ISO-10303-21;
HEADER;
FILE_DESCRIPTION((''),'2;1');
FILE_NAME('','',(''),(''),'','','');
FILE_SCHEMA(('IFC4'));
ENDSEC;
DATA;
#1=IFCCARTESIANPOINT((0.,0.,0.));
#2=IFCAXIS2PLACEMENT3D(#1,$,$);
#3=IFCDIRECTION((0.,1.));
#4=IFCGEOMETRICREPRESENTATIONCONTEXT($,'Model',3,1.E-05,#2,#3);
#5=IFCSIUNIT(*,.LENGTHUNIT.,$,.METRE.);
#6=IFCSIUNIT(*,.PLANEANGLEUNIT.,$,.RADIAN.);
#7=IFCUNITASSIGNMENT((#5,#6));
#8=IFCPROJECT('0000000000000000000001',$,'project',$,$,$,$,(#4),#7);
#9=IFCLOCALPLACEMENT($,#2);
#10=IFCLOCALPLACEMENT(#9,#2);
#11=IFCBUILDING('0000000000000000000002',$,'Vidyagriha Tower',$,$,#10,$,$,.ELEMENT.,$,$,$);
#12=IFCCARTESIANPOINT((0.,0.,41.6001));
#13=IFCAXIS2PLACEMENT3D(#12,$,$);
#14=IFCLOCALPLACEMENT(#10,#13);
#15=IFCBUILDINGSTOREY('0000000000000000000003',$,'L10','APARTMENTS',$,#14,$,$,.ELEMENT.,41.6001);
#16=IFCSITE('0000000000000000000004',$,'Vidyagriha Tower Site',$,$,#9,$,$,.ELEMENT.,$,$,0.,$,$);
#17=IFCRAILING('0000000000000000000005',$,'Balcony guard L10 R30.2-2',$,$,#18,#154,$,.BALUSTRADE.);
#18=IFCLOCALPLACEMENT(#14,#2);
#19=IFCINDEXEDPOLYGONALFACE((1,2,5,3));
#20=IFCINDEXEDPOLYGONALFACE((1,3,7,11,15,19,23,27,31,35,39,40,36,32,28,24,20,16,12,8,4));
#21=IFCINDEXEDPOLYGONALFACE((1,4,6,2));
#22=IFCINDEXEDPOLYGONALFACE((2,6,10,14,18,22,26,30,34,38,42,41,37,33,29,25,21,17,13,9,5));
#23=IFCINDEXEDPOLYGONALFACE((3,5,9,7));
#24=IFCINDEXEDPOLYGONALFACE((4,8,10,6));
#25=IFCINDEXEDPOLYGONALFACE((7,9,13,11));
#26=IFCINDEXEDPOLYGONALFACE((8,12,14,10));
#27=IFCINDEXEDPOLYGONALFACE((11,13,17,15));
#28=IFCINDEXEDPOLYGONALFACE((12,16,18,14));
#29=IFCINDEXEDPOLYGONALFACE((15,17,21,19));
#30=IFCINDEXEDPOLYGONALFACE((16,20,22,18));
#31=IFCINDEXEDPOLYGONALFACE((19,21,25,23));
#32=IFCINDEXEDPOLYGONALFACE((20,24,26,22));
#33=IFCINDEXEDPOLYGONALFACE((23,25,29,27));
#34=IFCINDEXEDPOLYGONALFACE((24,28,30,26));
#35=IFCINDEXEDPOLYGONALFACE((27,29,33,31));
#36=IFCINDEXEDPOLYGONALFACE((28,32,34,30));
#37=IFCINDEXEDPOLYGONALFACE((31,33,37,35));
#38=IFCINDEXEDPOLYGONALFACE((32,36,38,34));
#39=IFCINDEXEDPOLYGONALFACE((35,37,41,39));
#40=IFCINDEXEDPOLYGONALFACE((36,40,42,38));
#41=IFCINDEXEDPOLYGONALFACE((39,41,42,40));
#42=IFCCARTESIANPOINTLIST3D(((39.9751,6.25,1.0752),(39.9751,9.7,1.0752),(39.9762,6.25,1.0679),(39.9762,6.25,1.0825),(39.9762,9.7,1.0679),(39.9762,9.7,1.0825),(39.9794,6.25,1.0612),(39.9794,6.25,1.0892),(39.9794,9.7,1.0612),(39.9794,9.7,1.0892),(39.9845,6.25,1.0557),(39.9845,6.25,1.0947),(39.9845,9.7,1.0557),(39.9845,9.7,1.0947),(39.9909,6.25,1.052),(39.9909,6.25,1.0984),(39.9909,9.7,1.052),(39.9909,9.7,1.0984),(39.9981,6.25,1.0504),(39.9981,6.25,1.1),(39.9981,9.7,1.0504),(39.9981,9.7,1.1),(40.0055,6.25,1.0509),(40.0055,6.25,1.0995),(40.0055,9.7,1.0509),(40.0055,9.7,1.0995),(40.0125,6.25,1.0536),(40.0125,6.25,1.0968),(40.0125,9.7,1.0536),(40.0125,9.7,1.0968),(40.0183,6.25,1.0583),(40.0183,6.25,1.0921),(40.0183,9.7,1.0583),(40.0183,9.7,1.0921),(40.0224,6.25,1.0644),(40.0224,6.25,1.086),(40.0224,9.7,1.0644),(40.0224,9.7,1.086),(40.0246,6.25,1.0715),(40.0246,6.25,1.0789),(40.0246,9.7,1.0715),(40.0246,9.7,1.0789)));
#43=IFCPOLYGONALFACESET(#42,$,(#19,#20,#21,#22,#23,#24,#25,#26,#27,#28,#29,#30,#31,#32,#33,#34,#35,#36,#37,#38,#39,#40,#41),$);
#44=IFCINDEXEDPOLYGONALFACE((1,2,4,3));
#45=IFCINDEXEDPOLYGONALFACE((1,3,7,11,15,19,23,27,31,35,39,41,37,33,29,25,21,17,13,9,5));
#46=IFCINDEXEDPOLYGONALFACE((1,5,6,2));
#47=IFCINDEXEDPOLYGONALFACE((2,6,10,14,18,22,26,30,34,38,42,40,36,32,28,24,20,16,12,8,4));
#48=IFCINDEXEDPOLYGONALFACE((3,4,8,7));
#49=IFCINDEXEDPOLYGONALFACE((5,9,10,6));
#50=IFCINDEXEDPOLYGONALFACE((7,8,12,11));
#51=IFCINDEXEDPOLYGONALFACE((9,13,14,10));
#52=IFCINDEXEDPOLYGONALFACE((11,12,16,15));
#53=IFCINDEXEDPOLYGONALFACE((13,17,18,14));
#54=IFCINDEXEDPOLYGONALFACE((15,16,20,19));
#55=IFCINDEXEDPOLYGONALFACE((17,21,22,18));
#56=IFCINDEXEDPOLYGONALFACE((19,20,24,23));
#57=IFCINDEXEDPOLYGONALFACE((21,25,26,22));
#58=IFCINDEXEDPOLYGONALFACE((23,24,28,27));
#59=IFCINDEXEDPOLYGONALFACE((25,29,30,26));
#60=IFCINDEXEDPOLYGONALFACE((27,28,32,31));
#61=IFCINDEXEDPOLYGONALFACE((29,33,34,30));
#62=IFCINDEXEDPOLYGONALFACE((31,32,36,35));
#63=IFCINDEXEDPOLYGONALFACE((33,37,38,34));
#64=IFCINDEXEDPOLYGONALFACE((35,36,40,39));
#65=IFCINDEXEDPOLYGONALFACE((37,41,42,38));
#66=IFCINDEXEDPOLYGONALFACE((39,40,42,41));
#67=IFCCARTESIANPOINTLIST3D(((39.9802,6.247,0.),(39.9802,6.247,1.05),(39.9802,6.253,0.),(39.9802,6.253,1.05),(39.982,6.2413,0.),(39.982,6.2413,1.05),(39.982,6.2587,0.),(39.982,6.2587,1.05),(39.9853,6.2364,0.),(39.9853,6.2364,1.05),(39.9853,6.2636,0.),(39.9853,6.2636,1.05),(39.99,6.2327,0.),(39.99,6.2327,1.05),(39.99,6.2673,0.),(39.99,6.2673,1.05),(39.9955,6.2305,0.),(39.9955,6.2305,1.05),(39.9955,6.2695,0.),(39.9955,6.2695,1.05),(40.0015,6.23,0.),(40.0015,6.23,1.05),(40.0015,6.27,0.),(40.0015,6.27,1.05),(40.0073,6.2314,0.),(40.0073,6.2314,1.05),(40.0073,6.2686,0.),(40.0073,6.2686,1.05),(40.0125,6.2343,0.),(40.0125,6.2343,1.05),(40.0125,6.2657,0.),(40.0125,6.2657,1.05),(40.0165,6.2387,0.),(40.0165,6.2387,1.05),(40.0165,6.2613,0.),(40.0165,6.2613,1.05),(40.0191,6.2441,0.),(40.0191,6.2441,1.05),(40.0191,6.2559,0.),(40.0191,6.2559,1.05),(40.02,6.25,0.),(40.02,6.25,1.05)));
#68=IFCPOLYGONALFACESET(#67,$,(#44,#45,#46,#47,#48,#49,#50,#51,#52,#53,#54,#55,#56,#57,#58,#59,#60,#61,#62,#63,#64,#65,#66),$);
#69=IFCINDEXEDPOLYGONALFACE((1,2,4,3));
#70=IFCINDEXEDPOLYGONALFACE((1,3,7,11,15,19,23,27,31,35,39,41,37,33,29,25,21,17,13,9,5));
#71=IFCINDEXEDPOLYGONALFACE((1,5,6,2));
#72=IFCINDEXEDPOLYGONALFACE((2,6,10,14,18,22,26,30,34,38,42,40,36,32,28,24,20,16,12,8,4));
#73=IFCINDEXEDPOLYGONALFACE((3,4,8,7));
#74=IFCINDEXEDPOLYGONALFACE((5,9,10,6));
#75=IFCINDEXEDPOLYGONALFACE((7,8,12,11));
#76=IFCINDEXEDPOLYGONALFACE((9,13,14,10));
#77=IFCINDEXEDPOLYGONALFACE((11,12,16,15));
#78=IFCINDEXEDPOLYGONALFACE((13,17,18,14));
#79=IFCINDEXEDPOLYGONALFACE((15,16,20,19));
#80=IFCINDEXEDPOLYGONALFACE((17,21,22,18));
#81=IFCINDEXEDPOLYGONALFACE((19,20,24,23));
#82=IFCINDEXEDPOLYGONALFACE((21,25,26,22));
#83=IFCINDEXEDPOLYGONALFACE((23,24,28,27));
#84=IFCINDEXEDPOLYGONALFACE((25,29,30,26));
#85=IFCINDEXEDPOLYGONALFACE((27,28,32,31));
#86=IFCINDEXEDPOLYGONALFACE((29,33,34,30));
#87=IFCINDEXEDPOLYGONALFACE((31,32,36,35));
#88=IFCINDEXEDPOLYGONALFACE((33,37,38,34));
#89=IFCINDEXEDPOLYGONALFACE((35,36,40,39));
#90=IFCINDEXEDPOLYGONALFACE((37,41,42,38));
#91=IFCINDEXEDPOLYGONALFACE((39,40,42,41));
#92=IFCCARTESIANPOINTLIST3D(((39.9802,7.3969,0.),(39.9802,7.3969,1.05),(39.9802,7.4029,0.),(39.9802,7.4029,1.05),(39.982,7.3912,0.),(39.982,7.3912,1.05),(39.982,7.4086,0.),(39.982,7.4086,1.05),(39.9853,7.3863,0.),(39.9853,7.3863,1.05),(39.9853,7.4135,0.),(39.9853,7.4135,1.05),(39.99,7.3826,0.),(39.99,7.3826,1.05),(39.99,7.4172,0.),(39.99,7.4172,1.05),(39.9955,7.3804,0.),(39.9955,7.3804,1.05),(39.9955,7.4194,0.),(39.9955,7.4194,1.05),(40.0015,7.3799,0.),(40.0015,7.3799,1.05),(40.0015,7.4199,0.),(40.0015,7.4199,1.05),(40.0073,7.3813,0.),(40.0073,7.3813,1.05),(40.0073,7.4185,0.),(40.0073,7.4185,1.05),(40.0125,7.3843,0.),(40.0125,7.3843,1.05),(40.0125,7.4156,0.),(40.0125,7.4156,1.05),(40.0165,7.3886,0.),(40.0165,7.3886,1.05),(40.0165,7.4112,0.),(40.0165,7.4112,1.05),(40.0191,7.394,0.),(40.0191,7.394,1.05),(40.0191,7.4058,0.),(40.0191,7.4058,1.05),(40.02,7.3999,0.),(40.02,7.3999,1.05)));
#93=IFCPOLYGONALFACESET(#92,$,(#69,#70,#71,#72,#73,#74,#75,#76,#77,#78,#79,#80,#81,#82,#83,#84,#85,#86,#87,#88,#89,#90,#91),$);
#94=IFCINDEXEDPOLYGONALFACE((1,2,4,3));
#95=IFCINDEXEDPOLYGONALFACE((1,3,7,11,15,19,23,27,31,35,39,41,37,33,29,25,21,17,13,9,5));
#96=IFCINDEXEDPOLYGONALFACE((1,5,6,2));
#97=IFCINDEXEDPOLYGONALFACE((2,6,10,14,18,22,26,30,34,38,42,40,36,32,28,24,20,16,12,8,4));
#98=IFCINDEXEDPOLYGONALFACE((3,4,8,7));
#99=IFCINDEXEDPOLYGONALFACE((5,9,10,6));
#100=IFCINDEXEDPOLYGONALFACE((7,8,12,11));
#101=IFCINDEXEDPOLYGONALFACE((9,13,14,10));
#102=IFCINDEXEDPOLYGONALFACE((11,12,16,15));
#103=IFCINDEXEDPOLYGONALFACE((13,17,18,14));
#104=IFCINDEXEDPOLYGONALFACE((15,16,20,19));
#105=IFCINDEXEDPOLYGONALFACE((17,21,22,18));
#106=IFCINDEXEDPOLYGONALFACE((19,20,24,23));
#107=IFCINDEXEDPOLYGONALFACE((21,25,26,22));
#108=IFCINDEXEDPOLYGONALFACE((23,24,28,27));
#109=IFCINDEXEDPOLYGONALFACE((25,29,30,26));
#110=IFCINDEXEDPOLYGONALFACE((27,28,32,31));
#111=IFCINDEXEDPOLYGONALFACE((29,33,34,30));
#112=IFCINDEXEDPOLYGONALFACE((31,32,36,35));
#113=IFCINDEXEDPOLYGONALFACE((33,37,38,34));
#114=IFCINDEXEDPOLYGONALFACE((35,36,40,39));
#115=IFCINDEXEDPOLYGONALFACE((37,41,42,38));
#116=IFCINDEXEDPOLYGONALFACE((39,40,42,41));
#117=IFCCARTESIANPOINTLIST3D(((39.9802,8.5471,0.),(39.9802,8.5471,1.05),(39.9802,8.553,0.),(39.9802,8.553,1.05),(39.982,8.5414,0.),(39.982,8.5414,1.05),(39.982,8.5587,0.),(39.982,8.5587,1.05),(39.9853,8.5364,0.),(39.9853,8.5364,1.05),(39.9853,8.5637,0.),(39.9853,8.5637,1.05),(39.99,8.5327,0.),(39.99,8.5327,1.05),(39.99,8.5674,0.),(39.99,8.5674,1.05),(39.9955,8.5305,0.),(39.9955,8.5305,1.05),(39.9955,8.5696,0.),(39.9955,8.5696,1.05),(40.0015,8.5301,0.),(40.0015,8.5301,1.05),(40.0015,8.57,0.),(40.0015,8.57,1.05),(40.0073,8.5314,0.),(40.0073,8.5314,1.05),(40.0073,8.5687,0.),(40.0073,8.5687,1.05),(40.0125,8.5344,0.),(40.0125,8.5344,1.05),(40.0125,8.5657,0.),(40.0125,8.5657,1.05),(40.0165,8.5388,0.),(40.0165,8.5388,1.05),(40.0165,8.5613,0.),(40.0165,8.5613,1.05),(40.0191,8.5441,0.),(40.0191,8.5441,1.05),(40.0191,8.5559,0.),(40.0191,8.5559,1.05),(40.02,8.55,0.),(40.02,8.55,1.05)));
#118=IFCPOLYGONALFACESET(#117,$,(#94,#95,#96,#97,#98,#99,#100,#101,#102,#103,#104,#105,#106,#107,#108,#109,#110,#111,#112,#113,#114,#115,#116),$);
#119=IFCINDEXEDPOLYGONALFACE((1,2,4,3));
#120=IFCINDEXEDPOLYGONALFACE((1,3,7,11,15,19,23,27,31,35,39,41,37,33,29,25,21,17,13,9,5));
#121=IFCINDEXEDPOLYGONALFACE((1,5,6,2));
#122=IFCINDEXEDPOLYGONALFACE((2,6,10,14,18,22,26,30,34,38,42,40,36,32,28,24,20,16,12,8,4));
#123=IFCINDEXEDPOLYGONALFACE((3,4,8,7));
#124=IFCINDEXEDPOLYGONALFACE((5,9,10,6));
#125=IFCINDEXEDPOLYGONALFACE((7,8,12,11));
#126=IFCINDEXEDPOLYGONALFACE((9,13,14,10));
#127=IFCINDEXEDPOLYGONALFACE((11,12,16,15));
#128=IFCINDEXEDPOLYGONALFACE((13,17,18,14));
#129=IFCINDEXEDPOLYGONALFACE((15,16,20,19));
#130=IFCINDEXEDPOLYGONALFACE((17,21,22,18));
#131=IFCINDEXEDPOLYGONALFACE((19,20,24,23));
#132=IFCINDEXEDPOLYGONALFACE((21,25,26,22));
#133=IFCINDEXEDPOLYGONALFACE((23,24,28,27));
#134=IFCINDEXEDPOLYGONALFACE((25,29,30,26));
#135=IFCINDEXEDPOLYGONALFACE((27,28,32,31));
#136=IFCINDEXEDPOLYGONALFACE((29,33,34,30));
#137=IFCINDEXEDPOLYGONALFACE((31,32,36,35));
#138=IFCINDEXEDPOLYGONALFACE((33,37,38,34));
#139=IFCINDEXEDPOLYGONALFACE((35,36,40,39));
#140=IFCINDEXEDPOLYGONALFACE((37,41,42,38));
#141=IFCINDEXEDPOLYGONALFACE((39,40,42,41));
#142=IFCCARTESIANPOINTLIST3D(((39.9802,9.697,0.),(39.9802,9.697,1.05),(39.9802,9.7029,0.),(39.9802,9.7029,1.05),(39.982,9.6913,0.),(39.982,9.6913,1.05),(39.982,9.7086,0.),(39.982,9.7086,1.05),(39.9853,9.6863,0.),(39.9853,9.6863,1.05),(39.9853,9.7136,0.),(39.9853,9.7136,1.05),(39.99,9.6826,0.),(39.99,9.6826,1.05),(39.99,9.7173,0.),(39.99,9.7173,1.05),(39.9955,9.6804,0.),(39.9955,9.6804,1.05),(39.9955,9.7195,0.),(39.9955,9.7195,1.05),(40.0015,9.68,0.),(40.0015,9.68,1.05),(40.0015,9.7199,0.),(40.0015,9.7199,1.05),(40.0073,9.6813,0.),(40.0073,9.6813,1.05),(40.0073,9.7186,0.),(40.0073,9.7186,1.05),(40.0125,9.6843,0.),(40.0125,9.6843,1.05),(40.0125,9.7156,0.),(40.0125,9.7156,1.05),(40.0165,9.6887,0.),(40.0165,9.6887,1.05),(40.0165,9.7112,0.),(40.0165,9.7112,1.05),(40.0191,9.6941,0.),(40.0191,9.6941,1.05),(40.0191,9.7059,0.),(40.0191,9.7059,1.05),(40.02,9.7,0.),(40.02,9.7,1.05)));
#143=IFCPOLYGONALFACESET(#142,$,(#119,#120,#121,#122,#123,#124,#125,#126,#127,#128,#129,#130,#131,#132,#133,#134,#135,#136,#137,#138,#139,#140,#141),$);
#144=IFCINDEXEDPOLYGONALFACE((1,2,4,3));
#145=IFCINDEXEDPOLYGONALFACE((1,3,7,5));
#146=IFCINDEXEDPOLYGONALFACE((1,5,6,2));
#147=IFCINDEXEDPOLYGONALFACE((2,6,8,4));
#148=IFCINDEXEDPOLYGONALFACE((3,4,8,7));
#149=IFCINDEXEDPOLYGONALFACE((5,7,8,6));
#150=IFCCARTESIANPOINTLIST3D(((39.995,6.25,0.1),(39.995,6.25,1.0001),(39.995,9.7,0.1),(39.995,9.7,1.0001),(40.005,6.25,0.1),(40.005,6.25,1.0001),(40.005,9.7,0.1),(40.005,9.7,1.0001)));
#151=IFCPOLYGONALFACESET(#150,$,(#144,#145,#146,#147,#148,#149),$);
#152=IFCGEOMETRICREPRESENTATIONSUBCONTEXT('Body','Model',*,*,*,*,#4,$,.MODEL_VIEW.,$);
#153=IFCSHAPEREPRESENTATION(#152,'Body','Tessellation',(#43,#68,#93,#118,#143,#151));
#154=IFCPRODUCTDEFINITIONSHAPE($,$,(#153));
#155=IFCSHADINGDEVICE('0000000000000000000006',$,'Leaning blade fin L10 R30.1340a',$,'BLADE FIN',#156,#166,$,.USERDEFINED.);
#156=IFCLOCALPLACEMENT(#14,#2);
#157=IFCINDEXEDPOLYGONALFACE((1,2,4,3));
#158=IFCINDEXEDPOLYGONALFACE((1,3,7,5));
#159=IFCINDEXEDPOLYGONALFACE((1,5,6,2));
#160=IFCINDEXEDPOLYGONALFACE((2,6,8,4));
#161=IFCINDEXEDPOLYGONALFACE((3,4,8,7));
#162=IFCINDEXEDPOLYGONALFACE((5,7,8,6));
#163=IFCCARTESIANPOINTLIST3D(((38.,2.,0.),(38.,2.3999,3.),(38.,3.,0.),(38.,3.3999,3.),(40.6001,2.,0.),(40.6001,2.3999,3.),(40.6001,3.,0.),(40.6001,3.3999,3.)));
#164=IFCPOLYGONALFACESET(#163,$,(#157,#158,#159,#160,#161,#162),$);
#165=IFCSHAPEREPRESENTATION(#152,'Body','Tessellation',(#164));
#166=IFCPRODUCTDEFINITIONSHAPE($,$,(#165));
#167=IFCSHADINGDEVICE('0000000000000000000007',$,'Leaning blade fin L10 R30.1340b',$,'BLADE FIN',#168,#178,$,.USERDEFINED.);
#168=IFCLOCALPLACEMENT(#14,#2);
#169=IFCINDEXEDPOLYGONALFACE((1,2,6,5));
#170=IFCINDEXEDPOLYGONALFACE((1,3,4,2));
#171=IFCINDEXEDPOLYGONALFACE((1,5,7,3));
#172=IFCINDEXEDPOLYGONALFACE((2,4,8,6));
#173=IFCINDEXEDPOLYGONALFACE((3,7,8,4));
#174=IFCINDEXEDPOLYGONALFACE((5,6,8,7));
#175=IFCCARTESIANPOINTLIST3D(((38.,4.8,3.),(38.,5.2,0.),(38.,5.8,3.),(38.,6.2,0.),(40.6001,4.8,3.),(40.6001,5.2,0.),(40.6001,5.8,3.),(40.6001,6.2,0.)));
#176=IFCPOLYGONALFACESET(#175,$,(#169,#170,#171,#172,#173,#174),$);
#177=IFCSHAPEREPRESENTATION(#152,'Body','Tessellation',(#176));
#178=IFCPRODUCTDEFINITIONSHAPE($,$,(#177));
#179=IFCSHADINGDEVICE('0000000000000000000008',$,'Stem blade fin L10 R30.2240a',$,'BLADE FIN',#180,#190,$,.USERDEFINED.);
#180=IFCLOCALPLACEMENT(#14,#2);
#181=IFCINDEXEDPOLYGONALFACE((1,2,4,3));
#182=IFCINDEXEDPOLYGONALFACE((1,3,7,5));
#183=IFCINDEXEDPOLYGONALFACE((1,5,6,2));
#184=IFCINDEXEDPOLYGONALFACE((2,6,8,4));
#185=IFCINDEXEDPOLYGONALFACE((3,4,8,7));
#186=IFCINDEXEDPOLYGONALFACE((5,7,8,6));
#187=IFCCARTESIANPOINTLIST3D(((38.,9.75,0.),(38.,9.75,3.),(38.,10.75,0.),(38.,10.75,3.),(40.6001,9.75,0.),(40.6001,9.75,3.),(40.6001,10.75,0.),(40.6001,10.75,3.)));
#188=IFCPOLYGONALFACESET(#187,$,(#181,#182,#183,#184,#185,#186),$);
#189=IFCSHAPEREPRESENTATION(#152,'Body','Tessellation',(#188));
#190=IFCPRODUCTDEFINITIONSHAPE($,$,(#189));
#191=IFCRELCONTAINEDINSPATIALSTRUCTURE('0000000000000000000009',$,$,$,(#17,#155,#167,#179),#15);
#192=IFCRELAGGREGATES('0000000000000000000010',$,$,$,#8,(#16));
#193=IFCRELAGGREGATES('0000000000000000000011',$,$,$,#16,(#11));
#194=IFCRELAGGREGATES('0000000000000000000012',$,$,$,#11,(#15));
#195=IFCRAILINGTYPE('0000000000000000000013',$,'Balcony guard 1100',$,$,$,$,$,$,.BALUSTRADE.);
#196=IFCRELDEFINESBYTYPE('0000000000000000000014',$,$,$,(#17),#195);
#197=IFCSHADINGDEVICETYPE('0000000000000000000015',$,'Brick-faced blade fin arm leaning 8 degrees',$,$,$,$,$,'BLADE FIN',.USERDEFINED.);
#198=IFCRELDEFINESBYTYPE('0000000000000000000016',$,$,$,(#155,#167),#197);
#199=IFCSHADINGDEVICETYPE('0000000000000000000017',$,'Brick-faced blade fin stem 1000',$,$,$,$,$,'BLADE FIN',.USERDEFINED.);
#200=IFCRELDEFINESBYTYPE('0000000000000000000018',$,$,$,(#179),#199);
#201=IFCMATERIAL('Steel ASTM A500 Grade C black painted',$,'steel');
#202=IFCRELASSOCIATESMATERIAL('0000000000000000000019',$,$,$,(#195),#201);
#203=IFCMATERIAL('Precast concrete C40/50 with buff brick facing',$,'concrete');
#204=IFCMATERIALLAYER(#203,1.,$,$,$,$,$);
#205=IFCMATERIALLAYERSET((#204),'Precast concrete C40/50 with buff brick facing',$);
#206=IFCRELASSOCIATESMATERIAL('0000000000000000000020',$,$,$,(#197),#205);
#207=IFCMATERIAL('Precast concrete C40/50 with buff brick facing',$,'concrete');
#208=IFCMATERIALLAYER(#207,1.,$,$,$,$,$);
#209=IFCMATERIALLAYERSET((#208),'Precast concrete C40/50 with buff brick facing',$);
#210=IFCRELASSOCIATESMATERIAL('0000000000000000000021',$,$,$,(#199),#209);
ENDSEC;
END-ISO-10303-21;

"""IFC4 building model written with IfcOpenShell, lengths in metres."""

from ifc_helpers import new_model, si_unit, direction, frame, origin, origin_2d, place, context, subcontext, project, spatial, polyline, rectangle, circle, outline, extrude, material, layer, layer_set, type_object, element, save


model = new_model("IFC4")

# Units and contexts
model_context = context("Model", 3, precision=1e-05, world=origin(), true_north=direction((0.0, 1.0)))
body_context = subcontext(model_context, "Body", "Model", "MODEL_VIEW")
ifc_project = project(units=[si_unit("LENGTHUNIT", "METRE"), si_unit("PLANEANGLEUNIT", "RADIAN")], contexts=[model_context])

# Site, building, storey
site_placement = place(None, origin())
site = spatial("IfcSite", under=ifc_project, at=site_placement, Name="Vidyagriha Tower Site", CompositionType="ELEMENT", RefElevation=0.0)
building_placement = place(site_placement, origin())
building = spatial("IfcBuilding", under=site, at=building_placement, Name="Vidyagriha Tower", CompositionType="ELEMENT")
storey_placement = place(building_placement, frame((0.0, 0.0, 41.6001)))
storey = spatial("IfcBuildingStorey", under=building, at=storey_placement, Name="L10", Description="APARTMENTS", CompositionType="ELEMENT", Elevation=41.6001)

# Railing
ifc_material_1 = material(Name="Steel ASTM A500 Grade C black painted", Category="steel")
railing_type_1 = type_object("IfcRailingType", Name="Balcony guard 1100", PredefinedType="BALUSTRADE", material=ifc_material_1)
railing_1_placement = place(storey_placement, frame((40.0, 6.25, 0.0)))
element("IfcRailing", 1, at=railing_1_placement, inside=storey, type_object=railing_type_1, Name="Balcony guard L10 R30.2-2", PredefinedType="BALUSTRADE", context=body_context, shape_type="SweptSolid", body=[
    extrude(circle(Radius=0.0249, at=origin_2d()), frame((0.0, 0.0, 1.0752), z_axis=(0.0, 1.0, 0.0), x_axis=(-1.0, 0.0, 0.0)), (0.0, 0.0, 1.0), 3.45),
    extrude(circle(Radius=0.02, at=origin_2d()), origin(), (0.0, 0.0, 1.0), 1.05),
    extrude(circle(Radius=0.02, at=origin_2d()), frame((0.0, 1.1499, 0.0)), (0.0, 0.0, 1.0), 1.05),
    extrude(circle(Radius=0.02, at=origin_2d()), frame((0.0, 2.3, 0.0)), (0.0, 0.0, 1.0), 1.05),
    extrude(circle(Radius=0.02, at=origin_2d()), frame((0.0, 3.45, 0.0)), (0.0, 0.0, 1.0), 1.05),
    extrude(rectangle(XDim=0.01, YDim=0.9001, at=origin_2d()), frame((0.0, 0.0, 0.55), z_axis=(0.0, 1.0, 0.0), x_axis=(-1.0, 0.0, 0.0)), (0.0, 0.0, 1.0), 3.45),
])

# Shading devices
ifc_material_2 = material(Name="Precast concrete C40/50 with buff brick facing", Category="concrete")
ifc_layer_1 = layer(ifc_material_2, 1.0)
ifc_layer_set_1 = layer_set([ifc_layer_1], Name="Precast concrete C40/50 with buff brick facing")
shading_device_type_1 = type_object("IfcShadingDeviceType", Name="Brick-faced blade fin arm leaning 8 degrees", ElementType="BLADE FIN", PredefinedType="USERDEFINED", material=ifc_layer_set_1)
shading_device_1_placement = place(storey_placement, frame((39.3, 2.0, 0.0), z_axis=(0.0, 0.0, 1.0), x_axis=(0.0, 1.0, 0.0)))
element("IfcShadingDevice", 2, at=shading_device_1_placement, inside=storey, type_object=shading_device_type_1, Name="Leaning blade fin L10 R30.1340a", ObjectType="BLADE FIN", PredefinedType="USERDEFINED", context=body_context, shape_type="SweptSolid", body=[
    extrude(outline(polyline([(0.0, 0.0), (1.0, 0.0), (1.3999, 3.0), (0.3999, 3.0), (0.0, 0.0)])), frame((0.0, 1.3, 0.0), z_axis=(0.0, -1.0, 0.0), x_axis=(1.0, 0.0, 0.0)), (0.0, 0.0, 1.0), 2.6001),
])
shading_device_2_placement = place(storey_placement, frame((39.3, 4.8, 0.0), z_axis=(0.0, 0.0, 1.0), x_axis=(0.0, 1.0, 0.0)))
element("IfcShadingDevice", 3, at=shading_device_2_placement, inside=storey, type_object=shading_device_type_1, Name="Leaning blade fin L10 R30.1340b", ObjectType="BLADE FIN", PredefinedType="USERDEFINED", context=body_context, shape_type="SweptSolid", body=[
    extrude(outline(polyline([(0.3999, 0.0), (1.3999, 0.0), (1.0, 3.0), (0.0, 3.0), (0.3999, 0.0)])), frame((0.0, 1.3, 0.0), z_axis=(0.0, -1.0, 0.0), x_axis=(1.0, 0.0, 0.0)), (0.0, 0.0, 1.0), 2.6001),
])
ifc_material_3 = material(Name="Precast concrete C40/50 with buff brick facing", Category="concrete")
ifc_layer_2 = layer(ifc_material_3, 1.0)
ifc_layer_set_2 = layer_set([ifc_layer_2], Name="Precast concrete C40/50 with buff brick facing")
shading_device_type_2 = type_object("IfcShadingDeviceType", Name="Brick-faced blade fin stem 1000", ElementType="BLADE FIN", PredefinedType="USERDEFINED", material=ifc_layer_set_2)
shading_device_3_placement = place(storey_placement, frame((39.3, 9.75, 0.0), z_axis=(0.0, 0.0, 1.0), x_axis=(0.0, 1.0, 0.0)))
element("IfcShadingDevice", 4, at=shading_device_3_placement, inside=storey, type_object=shading_device_type_2, Name="Stem blade fin L10 R30.2240a", ObjectType="BLADE FIN", PredefinedType="USERDEFINED", context=body_context, shape_type="SweptSolid", body=[
    extrude(outline(polyline([(0.0, 0.0), (1.0, 0.0), (1.0, 3.0), (0.0, 3.0), (0.0, 0.0)])), frame((0.0, 1.3, 0.0), z_axis=(0.0, -1.0, 0.0), x_axis=(1.0, 0.0, 0.0)), (0.0, 0.0, 1.0), 2.6001),
])

save(model, "model.ifc")
